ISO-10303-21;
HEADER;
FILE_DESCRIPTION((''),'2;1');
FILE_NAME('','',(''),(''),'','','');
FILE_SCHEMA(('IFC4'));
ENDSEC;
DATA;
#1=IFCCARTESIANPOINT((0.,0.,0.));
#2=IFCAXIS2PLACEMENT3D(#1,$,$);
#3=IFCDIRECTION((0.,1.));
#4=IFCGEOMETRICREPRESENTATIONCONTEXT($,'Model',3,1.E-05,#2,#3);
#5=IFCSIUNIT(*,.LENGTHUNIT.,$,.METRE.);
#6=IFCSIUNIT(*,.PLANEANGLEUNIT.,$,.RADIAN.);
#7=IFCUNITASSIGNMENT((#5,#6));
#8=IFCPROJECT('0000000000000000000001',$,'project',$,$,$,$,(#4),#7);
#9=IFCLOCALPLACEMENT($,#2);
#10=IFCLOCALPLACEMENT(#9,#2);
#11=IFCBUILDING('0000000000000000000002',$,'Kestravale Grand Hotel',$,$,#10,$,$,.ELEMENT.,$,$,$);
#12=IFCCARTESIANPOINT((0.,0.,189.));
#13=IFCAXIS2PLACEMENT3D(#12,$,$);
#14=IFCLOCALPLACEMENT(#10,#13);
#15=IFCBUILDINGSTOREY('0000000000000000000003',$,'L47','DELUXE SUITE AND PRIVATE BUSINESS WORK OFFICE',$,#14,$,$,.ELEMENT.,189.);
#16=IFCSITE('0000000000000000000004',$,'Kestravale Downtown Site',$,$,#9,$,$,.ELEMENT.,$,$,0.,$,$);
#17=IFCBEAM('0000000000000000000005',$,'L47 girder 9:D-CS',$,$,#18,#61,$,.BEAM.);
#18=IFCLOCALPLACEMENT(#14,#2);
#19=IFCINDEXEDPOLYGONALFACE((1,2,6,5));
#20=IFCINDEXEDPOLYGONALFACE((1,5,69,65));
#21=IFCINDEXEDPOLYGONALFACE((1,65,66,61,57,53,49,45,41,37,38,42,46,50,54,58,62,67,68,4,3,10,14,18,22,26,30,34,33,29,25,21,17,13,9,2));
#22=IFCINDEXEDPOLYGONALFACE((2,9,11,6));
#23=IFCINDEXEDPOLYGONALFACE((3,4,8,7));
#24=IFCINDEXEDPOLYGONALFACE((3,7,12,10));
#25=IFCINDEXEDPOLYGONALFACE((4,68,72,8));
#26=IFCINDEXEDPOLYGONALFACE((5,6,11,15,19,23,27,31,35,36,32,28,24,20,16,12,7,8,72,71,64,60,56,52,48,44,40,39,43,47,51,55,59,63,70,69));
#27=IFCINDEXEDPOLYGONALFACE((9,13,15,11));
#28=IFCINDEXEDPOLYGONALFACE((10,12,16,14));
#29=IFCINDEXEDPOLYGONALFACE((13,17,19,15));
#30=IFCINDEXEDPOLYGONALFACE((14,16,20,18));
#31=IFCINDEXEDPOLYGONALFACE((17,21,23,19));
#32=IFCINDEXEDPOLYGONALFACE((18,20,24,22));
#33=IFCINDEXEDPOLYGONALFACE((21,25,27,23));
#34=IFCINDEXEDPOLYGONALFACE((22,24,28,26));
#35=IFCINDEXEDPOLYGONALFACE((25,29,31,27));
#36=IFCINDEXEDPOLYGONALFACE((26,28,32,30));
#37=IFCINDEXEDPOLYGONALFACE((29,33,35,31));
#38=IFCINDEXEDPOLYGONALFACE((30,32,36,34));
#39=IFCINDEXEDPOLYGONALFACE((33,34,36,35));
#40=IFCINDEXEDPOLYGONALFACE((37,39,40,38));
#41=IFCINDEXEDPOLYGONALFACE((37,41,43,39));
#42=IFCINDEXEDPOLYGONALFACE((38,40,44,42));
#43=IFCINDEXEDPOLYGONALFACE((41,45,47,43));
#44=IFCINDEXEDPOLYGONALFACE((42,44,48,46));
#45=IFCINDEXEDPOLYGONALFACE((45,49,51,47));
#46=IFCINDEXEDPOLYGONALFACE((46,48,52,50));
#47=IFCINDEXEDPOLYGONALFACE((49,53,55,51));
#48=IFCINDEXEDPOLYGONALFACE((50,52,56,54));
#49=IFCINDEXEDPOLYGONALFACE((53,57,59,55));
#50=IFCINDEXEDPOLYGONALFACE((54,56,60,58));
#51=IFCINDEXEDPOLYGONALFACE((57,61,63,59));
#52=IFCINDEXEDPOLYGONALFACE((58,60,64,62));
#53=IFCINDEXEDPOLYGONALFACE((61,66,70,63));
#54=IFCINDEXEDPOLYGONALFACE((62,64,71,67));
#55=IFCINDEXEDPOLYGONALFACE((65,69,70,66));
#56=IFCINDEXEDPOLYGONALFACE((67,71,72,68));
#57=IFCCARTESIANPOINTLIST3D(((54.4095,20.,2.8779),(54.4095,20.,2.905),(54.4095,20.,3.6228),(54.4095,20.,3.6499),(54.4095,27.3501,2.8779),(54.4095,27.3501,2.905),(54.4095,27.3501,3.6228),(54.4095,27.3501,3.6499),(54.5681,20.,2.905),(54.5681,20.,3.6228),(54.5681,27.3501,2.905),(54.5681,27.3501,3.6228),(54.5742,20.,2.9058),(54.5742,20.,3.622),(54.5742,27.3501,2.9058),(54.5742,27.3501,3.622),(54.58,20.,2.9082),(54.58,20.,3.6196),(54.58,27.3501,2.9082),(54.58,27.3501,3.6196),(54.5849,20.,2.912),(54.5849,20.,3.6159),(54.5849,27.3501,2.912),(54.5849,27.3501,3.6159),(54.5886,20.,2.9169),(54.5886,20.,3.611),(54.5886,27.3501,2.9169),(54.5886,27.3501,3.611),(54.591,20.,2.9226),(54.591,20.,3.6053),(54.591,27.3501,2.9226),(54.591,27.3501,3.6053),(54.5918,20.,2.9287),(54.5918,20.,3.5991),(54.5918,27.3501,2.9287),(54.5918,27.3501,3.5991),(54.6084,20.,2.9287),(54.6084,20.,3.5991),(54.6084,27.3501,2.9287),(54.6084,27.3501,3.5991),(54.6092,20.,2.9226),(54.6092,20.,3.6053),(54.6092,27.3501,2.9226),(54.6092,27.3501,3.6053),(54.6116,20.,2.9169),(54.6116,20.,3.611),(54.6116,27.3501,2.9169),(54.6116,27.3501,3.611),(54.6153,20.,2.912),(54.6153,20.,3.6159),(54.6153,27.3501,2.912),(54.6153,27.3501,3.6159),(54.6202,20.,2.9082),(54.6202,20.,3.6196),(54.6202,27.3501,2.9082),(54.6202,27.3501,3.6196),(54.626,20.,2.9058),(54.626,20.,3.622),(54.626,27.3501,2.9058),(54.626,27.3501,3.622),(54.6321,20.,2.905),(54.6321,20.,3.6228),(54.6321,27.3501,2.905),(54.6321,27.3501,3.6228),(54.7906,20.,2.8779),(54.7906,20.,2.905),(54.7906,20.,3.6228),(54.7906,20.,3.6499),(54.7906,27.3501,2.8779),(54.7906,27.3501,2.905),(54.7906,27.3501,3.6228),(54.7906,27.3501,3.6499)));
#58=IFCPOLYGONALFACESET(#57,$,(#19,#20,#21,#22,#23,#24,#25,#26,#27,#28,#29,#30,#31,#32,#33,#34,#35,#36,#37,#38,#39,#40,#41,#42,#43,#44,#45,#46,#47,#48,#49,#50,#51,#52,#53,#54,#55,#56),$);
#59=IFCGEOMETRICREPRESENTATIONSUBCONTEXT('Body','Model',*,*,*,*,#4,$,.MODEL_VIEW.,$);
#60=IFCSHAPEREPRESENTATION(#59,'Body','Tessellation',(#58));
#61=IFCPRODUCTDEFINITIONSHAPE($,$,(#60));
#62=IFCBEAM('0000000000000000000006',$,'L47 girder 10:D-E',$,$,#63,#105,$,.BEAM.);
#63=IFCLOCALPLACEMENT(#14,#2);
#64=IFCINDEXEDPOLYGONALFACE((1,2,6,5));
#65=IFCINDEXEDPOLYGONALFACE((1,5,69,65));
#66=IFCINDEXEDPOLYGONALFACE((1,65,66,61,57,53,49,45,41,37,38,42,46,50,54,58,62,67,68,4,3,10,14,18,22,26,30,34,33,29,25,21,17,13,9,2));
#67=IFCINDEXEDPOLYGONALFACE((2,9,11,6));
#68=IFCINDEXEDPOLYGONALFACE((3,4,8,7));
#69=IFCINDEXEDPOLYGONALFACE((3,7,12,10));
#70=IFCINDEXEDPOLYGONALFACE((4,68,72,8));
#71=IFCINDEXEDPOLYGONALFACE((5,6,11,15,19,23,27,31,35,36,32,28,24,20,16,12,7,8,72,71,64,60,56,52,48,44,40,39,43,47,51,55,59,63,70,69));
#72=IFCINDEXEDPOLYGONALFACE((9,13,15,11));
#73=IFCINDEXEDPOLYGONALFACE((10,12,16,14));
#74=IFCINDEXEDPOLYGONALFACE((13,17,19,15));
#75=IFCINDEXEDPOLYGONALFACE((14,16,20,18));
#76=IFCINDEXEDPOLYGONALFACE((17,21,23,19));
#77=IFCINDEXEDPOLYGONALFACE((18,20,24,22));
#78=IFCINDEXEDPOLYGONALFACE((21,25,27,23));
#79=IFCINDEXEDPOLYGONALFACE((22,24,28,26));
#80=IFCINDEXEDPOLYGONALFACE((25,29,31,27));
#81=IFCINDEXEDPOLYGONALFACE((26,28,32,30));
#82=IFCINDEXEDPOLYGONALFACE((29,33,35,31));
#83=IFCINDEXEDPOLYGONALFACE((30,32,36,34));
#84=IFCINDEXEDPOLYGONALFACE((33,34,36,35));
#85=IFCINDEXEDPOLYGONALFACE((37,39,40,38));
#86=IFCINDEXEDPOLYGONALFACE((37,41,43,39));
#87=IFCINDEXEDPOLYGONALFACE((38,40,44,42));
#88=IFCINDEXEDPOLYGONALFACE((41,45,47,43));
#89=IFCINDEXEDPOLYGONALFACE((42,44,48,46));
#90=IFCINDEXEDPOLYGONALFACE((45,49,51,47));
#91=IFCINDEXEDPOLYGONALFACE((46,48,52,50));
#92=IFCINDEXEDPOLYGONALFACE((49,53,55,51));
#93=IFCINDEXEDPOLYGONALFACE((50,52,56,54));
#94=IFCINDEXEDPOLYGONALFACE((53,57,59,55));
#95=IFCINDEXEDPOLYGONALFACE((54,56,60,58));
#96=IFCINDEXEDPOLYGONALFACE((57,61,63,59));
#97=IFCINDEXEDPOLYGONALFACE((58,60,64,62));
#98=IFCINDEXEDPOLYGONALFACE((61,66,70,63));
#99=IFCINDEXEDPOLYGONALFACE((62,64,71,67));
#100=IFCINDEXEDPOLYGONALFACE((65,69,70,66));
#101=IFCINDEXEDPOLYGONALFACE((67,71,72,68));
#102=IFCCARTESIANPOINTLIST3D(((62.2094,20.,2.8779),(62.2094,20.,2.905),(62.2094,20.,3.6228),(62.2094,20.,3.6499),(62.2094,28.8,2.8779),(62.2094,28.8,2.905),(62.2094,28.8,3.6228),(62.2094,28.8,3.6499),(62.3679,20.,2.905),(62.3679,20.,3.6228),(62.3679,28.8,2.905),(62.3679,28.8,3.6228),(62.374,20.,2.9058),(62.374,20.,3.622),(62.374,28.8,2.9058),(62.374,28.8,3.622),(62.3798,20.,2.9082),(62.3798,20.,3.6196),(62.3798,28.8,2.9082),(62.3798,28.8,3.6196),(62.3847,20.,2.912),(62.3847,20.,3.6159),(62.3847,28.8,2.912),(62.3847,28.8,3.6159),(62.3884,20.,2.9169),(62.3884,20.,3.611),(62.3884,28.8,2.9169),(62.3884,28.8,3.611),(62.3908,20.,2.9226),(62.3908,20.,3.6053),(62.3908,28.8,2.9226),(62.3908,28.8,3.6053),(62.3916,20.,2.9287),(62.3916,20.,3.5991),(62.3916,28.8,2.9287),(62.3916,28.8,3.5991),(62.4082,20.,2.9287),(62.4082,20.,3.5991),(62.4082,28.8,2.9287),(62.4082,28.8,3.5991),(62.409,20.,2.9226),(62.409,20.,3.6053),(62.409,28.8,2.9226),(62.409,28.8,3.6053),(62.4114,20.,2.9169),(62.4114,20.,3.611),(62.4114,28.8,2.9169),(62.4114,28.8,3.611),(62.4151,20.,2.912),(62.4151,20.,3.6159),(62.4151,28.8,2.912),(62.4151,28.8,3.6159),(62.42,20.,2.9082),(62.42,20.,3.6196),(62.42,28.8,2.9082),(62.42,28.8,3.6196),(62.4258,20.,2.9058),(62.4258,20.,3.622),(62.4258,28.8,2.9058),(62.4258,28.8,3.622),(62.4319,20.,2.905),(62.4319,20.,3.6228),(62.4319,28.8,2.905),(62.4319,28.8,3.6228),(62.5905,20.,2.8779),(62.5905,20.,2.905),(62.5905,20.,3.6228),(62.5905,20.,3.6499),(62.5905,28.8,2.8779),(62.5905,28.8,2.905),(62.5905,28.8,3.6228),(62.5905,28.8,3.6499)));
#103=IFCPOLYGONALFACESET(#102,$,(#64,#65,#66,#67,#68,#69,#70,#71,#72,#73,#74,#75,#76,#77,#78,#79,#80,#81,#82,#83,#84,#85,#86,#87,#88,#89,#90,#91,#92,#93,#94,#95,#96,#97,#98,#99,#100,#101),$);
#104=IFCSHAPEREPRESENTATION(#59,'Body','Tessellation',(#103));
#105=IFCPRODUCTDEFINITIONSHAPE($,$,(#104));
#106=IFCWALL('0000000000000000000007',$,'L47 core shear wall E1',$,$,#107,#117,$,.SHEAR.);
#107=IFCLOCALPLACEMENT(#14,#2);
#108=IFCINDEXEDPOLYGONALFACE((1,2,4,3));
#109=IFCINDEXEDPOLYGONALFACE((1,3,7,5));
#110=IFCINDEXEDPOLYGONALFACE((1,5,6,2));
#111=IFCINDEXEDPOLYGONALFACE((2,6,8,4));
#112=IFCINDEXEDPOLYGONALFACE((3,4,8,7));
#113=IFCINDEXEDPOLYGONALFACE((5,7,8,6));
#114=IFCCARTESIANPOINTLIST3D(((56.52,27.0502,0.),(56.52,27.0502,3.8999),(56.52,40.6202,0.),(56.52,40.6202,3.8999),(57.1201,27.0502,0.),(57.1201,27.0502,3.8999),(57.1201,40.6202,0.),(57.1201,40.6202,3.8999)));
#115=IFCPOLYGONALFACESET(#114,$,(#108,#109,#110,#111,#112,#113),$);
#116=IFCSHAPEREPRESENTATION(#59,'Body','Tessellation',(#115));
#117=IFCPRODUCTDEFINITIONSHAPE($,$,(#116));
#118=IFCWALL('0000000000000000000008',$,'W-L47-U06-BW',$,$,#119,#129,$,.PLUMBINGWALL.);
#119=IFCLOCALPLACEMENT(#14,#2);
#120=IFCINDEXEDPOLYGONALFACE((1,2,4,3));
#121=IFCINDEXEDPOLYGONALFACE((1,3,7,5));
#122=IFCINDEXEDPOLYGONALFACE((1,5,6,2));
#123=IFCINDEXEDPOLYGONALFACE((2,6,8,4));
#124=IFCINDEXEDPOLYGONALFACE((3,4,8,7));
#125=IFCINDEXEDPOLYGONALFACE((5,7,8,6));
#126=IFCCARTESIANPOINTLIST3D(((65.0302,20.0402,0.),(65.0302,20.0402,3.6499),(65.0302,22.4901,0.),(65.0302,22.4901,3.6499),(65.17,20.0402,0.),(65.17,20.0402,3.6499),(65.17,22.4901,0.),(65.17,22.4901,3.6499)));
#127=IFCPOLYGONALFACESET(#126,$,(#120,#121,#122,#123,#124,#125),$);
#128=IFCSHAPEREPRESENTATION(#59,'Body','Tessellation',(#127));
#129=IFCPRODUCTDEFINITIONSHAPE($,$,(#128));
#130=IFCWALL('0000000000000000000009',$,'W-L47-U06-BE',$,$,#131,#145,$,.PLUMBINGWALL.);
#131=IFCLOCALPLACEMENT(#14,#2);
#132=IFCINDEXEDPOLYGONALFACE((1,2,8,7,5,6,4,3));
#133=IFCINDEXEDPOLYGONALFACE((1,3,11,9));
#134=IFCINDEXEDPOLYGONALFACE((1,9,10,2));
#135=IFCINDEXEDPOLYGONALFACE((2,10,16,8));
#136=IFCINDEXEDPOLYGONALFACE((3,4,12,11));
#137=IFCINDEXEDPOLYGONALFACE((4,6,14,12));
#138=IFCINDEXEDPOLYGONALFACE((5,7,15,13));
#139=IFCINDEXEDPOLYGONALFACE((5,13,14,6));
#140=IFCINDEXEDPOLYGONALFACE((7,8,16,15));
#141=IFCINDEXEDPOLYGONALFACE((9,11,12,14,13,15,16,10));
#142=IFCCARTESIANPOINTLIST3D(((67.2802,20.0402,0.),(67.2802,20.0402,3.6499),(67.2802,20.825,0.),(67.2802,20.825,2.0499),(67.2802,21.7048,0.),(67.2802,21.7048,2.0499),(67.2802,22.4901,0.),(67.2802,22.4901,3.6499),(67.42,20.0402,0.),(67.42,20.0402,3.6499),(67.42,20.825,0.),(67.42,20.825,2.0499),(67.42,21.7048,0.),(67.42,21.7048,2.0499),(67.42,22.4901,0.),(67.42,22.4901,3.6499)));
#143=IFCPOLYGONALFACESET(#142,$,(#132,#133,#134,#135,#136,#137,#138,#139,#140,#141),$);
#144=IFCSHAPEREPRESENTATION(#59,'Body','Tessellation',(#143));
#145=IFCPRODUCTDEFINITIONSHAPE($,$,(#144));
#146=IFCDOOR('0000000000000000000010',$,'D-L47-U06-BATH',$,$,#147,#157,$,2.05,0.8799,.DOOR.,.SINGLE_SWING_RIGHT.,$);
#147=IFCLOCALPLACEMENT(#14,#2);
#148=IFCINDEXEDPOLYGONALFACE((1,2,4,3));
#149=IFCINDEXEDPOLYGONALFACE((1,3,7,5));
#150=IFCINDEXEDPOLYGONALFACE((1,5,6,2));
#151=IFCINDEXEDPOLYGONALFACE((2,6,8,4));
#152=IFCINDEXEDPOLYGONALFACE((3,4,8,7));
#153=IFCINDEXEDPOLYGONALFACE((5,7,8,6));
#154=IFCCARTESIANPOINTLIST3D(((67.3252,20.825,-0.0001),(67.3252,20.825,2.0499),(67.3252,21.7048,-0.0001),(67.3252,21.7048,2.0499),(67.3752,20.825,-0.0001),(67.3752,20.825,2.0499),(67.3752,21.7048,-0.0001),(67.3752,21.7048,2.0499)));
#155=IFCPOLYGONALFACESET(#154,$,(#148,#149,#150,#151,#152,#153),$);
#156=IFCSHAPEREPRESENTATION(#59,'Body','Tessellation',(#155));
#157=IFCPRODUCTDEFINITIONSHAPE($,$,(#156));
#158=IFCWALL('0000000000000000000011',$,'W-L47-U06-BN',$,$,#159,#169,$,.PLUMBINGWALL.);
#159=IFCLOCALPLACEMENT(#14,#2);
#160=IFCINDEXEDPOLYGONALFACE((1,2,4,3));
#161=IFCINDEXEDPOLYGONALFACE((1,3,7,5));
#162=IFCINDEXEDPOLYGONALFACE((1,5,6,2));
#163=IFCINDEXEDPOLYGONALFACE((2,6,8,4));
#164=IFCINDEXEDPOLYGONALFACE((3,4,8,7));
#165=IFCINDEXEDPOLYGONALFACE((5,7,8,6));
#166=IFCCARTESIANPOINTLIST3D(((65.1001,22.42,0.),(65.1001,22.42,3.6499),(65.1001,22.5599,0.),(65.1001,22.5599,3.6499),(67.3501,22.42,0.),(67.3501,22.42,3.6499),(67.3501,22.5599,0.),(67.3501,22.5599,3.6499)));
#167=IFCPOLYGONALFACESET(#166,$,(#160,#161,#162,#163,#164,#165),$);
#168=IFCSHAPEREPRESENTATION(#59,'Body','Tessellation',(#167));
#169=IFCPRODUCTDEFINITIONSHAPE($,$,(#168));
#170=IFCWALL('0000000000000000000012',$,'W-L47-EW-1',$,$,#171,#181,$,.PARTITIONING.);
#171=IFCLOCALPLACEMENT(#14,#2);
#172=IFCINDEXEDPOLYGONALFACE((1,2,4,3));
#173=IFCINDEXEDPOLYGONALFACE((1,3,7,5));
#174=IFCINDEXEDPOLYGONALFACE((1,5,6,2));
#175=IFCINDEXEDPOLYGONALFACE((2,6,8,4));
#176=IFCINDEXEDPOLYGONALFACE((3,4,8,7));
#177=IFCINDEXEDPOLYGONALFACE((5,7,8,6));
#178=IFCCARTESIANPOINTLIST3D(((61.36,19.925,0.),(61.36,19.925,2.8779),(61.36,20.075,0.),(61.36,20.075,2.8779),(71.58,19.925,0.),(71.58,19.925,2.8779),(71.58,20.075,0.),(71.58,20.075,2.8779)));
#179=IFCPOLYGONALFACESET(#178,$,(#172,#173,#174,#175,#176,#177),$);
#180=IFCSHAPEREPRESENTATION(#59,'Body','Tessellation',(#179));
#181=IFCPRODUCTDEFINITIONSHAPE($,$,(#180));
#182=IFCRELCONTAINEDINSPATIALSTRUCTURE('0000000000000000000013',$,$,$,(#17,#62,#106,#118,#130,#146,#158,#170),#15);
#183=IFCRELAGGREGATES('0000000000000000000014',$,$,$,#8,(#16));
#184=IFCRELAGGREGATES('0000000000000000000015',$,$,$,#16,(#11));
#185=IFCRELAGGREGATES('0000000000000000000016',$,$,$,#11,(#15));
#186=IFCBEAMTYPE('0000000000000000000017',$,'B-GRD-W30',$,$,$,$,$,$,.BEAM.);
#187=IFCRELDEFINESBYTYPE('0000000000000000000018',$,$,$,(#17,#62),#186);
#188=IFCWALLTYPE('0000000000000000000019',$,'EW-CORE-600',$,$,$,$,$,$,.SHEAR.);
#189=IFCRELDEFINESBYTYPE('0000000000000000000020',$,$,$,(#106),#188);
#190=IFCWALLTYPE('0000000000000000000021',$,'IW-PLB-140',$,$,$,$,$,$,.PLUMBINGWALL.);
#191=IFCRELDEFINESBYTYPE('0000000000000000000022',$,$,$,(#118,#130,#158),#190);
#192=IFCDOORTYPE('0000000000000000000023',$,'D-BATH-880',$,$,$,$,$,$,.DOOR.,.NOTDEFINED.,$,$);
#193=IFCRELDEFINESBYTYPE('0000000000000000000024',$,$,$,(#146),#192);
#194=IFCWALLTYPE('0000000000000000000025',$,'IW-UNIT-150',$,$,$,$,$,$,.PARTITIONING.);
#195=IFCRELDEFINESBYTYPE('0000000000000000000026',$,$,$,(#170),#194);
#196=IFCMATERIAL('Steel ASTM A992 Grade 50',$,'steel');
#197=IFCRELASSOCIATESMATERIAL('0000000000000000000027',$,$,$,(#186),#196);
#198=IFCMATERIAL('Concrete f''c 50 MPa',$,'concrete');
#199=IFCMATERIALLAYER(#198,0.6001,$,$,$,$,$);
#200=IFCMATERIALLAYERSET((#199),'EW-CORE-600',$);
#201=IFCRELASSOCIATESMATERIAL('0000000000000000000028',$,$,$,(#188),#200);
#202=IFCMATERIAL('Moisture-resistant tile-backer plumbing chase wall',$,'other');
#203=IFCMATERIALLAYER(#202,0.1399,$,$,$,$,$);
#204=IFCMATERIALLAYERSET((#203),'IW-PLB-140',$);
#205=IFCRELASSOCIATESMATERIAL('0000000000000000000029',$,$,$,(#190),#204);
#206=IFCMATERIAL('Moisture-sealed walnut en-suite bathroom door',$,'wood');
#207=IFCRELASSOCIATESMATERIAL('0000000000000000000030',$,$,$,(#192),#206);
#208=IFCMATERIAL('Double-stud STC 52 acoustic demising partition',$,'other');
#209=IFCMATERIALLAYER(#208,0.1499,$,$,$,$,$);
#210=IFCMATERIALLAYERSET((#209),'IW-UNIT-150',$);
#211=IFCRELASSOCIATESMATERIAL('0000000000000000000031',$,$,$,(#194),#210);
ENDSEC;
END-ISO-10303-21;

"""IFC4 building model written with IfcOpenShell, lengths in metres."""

from ifc_helpers import new_model, si_unit, direction, frame, frame_2d, origin, origin_2d, place, context, subcontext, project, spatial, rectangle, i_section, extrude, material, layer, layer_set, material_profile, profile_set, type_object, element, fill, save


model = new_model("IFC4")

# Units and contexts
model_context = context("Model", 3, precision=1e-05, world=origin(), true_north=direction((0.0, 1.0)))
body_context = subcontext(model_context, "Body", "Model", "MODEL_VIEW")
ifc_project = project(units=[si_unit("LENGTHUNIT", "METRE"), si_unit("PLANEANGLEUNIT", "RADIAN")], contexts=[model_context])

# Site, building, storey
site_placement = place(None, origin())
site = spatial("IfcSite", under=ifc_project, at=site_placement, Name="Kestravale Downtown Site", CompositionType="ELEMENT", RefElevation=0.0)
building_placement = place(site_placement, origin())
building = spatial("IfcBuilding", under=site, at=building_placement, Name="Kestravale Grand Hotel", CompositionType="ELEMENT")
storey_placement = place(building_placement, frame((0.0, 0.0, 189.0)))
storey = spatial("IfcBuildingStorey", under=building, at=storey_placement, Name="L47", Description="DELUXE SUITE AND PRIVATE BUSINESS WORK OFFICE", CompositionType="ELEMENT", Elevation=189.0)

# Beams
ifc_material_1 = material(Name="Steel ASTM A992 Grade 50", Category="steel")
ifc_material_profile_1 = material_profile(ifc_material_1, i_section(OverallWidth=0.3811, OverallDepth=0.772, WebThickness=0.0166, FlangeThickness=0.0271, FilletRadius=0.0237, at=origin_2d()))
ifc_profile_set_1 = profile_set([ifc_material_profile_1], Name="Steel ASTM A992 Grade 50")
beam_type_1 = type_object("IfcBeamType", Name="B-GRD-W30", PredefinedType="BEAM", material=ifc_profile_set_1)
beam_1_placement = place(storey_placement, frame((54.6001, 20.0, 3.2639), z_axis=(0.0, 1.0, 0.0), x_axis=(-1.0, 0.0, 0.0)))
element("IfcBeam", 1, at=beam_1_placement, inside=storey, type_object=beam_type_1, Name="L47 girder 9:D-CS", PredefinedType="BEAM", context=body_context, shape_type="SweptSolid", body=[
    extrude(i_section(OverallWidth=0.3811, OverallDepth=0.772, WebThickness=0.0166, FlangeThickness=0.0271, FilletRadius=0.0237, at=origin_2d()), origin(), (0.0, 0.0, 1.0), 7.3501),
])
beam_2_placement = place(storey_placement, frame((62.3999, 20.0, 3.2639), z_axis=(0.0, 1.0, 0.0), x_axis=(-1.0, 0.0, 0.0)))
element("IfcBeam", 2, at=beam_2_placement, inside=storey, type_object=beam_type_1, Name="L47 girder 10:D-E", PredefinedType="BEAM", context=body_context, shape_type="SweptSolid", body=[
    extrude(i_section(OverallWidth=0.3811, OverallDepth=0.772, WebThickness=0.0166, FlangeThickness=0.0271, FilletRadius=0.0237, at=origin_2d()), origin(), (0.0, 0.0, 1.0), 8.8),
])

# Walls
ifc_material_2 = material(Name="Concrete f'c 50 MPa", Category="concrete")
ifc_layer_1 = layer(ifc_material_2, 0.6001)
ifc_layer_set_1 = layer_set([ifc_layer_1], Name="EW-CORE-600")
wall_type_1 = type_object("IfcWallType", Name="EW-CORE-600", PredefinedType="SHEAR", material=ifc_layer_set_1)
wall_1_placement = place(storey_placement, frame((56.8201, 27.05, 0.0), z_axis=(0.0, 0.0, 1.0), x_axis=(0.0, 1.0, 0.0)))
element("IfcWall", 3, at=wall_1_placement, inside=storey, type_object=wall_type_1, Name="L47 core shear wall E1", PredefinedType="SHEAR", context=body_context, shape_type="SweptSolid", body=[
    extrude(rectangle(XDim=13.5701, YDim=0.6001, at=frame_2d((6.7852, 0.0))), origin(), (0.0, 0.0, 1.0), 3.8999),
])
ifc_material_3 = material(Name="Moisture-resistant tile-backer plumbing chase wall", Category="other")
ifc_layer_2 = layer(ifc_material_3, 0.1399)
ifc_layer_set_2 = layer_set([ifc_layer_2], Name="IW-PLB-140")
wall_type_2 = type_object("IfcWallType", Name="IW-PLB-140", PredefinedType="PLUMBINGWALL", material=ifc_layer_set_2)
wall_2_placement = place(storey_placement, frame((65.1001, 20.04, 0.0), z_axis=(0.0, 0.0, 1.0), x_axis=(0.0, 1.0, 0.0)))
element("IfcWall", 4, at=wall_2_placement, inside=storey, type_object=wall_type_2, Name="W-L47-U06-BW", PredefinedType="PLUMBINGWALL", context=body_context, shape_type="SweptSolid", body=[
    extrude(rectangle(XDim=2.45, YDim=0.1399, at=frame_2d((1.2251, 0.0))), origin(), (0.0, 0.0, 1.0), 3.6499),
])

# Wall, opening, door
wall_3_placement = place(storey_placement, frame((67.3501, 20.04, 0.0), z_axis=(0.0, 0.0, 1.0), x_axis=(0.0, 1.0, 0.0)))
wall_3 = element("IfcWall", 5, at=wall_3_placement, inside=storey, type_object=wall_type_2, Name="W-L47-U06-BE", PredefinedType="PLUMBINGWALL", context=body_context, shape_type="SweptSolid", body=[
    extrude(rectangle(XDim=2.45, YDim=0.1399, at=frame_2d((1.2251, 0.0))), origin(), (0.0, 0.0, 1.0), 3.6499),
])
opening_placement = place(wall_3_placement, frame((0.7849, 0.0, 0.0)))
opening = element("IfcOpeningElement", 6, at=opening_placement, cuts=wall_3, PredefinedType="OPENING", context=body_context, shape_type="SweptSolid", body=[
    extrude(rectangle(XDim=0.8799, YDim=2.05, at=frame_2d((0.4399, 1.0249))), frame((0.0, 0.0798, 0.0), z_axis=(0.0, -1.0, 0.0), x_axis=(1.0, 0.0, 0.0)), (0.0, 0.0, 1.0), 0.1599),
])
ifc_material_4 = material(Name="Moisture-sealed walnut en-suite bathroom door", Category="wood")
door_type = type_object("IfcDoorType", Name="D-BATH-880", OperationType="NOTDEFINED", PredefinedType="DOOR", material=ifc_material_4)
door_placement = place(opening_placement, origin())
door = element("IfcDoor", 7, at=door_placement, inside=storey, type_object=door_type, Name="D-L47-U06-BATH", OperationType="SINGLE_SWING_RIGHT", OverallHeight=2.05, OverallWidth=0.8799, PredefinedType="DOOR", context=body_context, shape_type="SweptSolid", body=[
    extrude(rectangle(XDim=0.8799, YDim=2.05, at=frame_2d((0.4399, 1.0249))), frame((0.0, 0.0249, 0.0), z_axis=(0.0, -1.0, 0.0), x_axis=(1.0, 0.0, 0.0)), (0.0, 0.0, 1.0), 0.05),
])
fill(opening, door)

# Walls
wall_4_placement = place(storey_placement, frame((65.1001, 22.49, 0.0), z_axis=(0.0, 0.0, 1.0), x_axis=(1.0, 0.0, 0.0)))
element("IfcWall", 8, at=wall_4_placement, inside=storey, type_object=wall_type_2, Name="W-L47-U06-BN", PredefinedType="PLUMBINGWALL", context=body_context, shape_type="SweptSolid", body=[
    extrude(rectangle(XDim=2.25, YDim=0.1399, at=frame_2d((1.125, 0.0))), origin(), (0.0, 0.0, 1.0), 3.6499),
])
ifc_material_5 = material(Name="Double-stud STC 52 acoustic demising partition", Category="other")
ifc_layer_3 = layer(ifc_material_5, 0.1499)
ifc_layer_set_3 = layer_set([ifc_layer_3], Name="IW-UNIT-150")
wall_type_3 = type_object("IfcWallType", Name="IW-UNIT-150", PredefinedType="PARTITIONING", material=ifc_layer_set_3)
for number, where, z_axis, x_axis, name in (
    (9, (61.3601, 20.0, 0.0), (0.0, 0.0, 1.0), (1.0, 0.0, 0.0), "W-L47-EW-1"),
):
    element("IfcWall", number, at=place(storey_placement, frame(where, z_axis=z_axis, x_axis=x_axis)), inside=storey, type_object=wall_type_3, Name=name, PredefinedType="PARTITIONING", context=body_context, shape_type="SweptSolid", body=[
        extrude(rectangle(XDim=10.22, YDim=0.1499, at=frame_2d((5.1099, 0.0))), origin(), (0.0, 0.0, 1.0), 2.8779),
    ])

save(model, "model.ifc")
